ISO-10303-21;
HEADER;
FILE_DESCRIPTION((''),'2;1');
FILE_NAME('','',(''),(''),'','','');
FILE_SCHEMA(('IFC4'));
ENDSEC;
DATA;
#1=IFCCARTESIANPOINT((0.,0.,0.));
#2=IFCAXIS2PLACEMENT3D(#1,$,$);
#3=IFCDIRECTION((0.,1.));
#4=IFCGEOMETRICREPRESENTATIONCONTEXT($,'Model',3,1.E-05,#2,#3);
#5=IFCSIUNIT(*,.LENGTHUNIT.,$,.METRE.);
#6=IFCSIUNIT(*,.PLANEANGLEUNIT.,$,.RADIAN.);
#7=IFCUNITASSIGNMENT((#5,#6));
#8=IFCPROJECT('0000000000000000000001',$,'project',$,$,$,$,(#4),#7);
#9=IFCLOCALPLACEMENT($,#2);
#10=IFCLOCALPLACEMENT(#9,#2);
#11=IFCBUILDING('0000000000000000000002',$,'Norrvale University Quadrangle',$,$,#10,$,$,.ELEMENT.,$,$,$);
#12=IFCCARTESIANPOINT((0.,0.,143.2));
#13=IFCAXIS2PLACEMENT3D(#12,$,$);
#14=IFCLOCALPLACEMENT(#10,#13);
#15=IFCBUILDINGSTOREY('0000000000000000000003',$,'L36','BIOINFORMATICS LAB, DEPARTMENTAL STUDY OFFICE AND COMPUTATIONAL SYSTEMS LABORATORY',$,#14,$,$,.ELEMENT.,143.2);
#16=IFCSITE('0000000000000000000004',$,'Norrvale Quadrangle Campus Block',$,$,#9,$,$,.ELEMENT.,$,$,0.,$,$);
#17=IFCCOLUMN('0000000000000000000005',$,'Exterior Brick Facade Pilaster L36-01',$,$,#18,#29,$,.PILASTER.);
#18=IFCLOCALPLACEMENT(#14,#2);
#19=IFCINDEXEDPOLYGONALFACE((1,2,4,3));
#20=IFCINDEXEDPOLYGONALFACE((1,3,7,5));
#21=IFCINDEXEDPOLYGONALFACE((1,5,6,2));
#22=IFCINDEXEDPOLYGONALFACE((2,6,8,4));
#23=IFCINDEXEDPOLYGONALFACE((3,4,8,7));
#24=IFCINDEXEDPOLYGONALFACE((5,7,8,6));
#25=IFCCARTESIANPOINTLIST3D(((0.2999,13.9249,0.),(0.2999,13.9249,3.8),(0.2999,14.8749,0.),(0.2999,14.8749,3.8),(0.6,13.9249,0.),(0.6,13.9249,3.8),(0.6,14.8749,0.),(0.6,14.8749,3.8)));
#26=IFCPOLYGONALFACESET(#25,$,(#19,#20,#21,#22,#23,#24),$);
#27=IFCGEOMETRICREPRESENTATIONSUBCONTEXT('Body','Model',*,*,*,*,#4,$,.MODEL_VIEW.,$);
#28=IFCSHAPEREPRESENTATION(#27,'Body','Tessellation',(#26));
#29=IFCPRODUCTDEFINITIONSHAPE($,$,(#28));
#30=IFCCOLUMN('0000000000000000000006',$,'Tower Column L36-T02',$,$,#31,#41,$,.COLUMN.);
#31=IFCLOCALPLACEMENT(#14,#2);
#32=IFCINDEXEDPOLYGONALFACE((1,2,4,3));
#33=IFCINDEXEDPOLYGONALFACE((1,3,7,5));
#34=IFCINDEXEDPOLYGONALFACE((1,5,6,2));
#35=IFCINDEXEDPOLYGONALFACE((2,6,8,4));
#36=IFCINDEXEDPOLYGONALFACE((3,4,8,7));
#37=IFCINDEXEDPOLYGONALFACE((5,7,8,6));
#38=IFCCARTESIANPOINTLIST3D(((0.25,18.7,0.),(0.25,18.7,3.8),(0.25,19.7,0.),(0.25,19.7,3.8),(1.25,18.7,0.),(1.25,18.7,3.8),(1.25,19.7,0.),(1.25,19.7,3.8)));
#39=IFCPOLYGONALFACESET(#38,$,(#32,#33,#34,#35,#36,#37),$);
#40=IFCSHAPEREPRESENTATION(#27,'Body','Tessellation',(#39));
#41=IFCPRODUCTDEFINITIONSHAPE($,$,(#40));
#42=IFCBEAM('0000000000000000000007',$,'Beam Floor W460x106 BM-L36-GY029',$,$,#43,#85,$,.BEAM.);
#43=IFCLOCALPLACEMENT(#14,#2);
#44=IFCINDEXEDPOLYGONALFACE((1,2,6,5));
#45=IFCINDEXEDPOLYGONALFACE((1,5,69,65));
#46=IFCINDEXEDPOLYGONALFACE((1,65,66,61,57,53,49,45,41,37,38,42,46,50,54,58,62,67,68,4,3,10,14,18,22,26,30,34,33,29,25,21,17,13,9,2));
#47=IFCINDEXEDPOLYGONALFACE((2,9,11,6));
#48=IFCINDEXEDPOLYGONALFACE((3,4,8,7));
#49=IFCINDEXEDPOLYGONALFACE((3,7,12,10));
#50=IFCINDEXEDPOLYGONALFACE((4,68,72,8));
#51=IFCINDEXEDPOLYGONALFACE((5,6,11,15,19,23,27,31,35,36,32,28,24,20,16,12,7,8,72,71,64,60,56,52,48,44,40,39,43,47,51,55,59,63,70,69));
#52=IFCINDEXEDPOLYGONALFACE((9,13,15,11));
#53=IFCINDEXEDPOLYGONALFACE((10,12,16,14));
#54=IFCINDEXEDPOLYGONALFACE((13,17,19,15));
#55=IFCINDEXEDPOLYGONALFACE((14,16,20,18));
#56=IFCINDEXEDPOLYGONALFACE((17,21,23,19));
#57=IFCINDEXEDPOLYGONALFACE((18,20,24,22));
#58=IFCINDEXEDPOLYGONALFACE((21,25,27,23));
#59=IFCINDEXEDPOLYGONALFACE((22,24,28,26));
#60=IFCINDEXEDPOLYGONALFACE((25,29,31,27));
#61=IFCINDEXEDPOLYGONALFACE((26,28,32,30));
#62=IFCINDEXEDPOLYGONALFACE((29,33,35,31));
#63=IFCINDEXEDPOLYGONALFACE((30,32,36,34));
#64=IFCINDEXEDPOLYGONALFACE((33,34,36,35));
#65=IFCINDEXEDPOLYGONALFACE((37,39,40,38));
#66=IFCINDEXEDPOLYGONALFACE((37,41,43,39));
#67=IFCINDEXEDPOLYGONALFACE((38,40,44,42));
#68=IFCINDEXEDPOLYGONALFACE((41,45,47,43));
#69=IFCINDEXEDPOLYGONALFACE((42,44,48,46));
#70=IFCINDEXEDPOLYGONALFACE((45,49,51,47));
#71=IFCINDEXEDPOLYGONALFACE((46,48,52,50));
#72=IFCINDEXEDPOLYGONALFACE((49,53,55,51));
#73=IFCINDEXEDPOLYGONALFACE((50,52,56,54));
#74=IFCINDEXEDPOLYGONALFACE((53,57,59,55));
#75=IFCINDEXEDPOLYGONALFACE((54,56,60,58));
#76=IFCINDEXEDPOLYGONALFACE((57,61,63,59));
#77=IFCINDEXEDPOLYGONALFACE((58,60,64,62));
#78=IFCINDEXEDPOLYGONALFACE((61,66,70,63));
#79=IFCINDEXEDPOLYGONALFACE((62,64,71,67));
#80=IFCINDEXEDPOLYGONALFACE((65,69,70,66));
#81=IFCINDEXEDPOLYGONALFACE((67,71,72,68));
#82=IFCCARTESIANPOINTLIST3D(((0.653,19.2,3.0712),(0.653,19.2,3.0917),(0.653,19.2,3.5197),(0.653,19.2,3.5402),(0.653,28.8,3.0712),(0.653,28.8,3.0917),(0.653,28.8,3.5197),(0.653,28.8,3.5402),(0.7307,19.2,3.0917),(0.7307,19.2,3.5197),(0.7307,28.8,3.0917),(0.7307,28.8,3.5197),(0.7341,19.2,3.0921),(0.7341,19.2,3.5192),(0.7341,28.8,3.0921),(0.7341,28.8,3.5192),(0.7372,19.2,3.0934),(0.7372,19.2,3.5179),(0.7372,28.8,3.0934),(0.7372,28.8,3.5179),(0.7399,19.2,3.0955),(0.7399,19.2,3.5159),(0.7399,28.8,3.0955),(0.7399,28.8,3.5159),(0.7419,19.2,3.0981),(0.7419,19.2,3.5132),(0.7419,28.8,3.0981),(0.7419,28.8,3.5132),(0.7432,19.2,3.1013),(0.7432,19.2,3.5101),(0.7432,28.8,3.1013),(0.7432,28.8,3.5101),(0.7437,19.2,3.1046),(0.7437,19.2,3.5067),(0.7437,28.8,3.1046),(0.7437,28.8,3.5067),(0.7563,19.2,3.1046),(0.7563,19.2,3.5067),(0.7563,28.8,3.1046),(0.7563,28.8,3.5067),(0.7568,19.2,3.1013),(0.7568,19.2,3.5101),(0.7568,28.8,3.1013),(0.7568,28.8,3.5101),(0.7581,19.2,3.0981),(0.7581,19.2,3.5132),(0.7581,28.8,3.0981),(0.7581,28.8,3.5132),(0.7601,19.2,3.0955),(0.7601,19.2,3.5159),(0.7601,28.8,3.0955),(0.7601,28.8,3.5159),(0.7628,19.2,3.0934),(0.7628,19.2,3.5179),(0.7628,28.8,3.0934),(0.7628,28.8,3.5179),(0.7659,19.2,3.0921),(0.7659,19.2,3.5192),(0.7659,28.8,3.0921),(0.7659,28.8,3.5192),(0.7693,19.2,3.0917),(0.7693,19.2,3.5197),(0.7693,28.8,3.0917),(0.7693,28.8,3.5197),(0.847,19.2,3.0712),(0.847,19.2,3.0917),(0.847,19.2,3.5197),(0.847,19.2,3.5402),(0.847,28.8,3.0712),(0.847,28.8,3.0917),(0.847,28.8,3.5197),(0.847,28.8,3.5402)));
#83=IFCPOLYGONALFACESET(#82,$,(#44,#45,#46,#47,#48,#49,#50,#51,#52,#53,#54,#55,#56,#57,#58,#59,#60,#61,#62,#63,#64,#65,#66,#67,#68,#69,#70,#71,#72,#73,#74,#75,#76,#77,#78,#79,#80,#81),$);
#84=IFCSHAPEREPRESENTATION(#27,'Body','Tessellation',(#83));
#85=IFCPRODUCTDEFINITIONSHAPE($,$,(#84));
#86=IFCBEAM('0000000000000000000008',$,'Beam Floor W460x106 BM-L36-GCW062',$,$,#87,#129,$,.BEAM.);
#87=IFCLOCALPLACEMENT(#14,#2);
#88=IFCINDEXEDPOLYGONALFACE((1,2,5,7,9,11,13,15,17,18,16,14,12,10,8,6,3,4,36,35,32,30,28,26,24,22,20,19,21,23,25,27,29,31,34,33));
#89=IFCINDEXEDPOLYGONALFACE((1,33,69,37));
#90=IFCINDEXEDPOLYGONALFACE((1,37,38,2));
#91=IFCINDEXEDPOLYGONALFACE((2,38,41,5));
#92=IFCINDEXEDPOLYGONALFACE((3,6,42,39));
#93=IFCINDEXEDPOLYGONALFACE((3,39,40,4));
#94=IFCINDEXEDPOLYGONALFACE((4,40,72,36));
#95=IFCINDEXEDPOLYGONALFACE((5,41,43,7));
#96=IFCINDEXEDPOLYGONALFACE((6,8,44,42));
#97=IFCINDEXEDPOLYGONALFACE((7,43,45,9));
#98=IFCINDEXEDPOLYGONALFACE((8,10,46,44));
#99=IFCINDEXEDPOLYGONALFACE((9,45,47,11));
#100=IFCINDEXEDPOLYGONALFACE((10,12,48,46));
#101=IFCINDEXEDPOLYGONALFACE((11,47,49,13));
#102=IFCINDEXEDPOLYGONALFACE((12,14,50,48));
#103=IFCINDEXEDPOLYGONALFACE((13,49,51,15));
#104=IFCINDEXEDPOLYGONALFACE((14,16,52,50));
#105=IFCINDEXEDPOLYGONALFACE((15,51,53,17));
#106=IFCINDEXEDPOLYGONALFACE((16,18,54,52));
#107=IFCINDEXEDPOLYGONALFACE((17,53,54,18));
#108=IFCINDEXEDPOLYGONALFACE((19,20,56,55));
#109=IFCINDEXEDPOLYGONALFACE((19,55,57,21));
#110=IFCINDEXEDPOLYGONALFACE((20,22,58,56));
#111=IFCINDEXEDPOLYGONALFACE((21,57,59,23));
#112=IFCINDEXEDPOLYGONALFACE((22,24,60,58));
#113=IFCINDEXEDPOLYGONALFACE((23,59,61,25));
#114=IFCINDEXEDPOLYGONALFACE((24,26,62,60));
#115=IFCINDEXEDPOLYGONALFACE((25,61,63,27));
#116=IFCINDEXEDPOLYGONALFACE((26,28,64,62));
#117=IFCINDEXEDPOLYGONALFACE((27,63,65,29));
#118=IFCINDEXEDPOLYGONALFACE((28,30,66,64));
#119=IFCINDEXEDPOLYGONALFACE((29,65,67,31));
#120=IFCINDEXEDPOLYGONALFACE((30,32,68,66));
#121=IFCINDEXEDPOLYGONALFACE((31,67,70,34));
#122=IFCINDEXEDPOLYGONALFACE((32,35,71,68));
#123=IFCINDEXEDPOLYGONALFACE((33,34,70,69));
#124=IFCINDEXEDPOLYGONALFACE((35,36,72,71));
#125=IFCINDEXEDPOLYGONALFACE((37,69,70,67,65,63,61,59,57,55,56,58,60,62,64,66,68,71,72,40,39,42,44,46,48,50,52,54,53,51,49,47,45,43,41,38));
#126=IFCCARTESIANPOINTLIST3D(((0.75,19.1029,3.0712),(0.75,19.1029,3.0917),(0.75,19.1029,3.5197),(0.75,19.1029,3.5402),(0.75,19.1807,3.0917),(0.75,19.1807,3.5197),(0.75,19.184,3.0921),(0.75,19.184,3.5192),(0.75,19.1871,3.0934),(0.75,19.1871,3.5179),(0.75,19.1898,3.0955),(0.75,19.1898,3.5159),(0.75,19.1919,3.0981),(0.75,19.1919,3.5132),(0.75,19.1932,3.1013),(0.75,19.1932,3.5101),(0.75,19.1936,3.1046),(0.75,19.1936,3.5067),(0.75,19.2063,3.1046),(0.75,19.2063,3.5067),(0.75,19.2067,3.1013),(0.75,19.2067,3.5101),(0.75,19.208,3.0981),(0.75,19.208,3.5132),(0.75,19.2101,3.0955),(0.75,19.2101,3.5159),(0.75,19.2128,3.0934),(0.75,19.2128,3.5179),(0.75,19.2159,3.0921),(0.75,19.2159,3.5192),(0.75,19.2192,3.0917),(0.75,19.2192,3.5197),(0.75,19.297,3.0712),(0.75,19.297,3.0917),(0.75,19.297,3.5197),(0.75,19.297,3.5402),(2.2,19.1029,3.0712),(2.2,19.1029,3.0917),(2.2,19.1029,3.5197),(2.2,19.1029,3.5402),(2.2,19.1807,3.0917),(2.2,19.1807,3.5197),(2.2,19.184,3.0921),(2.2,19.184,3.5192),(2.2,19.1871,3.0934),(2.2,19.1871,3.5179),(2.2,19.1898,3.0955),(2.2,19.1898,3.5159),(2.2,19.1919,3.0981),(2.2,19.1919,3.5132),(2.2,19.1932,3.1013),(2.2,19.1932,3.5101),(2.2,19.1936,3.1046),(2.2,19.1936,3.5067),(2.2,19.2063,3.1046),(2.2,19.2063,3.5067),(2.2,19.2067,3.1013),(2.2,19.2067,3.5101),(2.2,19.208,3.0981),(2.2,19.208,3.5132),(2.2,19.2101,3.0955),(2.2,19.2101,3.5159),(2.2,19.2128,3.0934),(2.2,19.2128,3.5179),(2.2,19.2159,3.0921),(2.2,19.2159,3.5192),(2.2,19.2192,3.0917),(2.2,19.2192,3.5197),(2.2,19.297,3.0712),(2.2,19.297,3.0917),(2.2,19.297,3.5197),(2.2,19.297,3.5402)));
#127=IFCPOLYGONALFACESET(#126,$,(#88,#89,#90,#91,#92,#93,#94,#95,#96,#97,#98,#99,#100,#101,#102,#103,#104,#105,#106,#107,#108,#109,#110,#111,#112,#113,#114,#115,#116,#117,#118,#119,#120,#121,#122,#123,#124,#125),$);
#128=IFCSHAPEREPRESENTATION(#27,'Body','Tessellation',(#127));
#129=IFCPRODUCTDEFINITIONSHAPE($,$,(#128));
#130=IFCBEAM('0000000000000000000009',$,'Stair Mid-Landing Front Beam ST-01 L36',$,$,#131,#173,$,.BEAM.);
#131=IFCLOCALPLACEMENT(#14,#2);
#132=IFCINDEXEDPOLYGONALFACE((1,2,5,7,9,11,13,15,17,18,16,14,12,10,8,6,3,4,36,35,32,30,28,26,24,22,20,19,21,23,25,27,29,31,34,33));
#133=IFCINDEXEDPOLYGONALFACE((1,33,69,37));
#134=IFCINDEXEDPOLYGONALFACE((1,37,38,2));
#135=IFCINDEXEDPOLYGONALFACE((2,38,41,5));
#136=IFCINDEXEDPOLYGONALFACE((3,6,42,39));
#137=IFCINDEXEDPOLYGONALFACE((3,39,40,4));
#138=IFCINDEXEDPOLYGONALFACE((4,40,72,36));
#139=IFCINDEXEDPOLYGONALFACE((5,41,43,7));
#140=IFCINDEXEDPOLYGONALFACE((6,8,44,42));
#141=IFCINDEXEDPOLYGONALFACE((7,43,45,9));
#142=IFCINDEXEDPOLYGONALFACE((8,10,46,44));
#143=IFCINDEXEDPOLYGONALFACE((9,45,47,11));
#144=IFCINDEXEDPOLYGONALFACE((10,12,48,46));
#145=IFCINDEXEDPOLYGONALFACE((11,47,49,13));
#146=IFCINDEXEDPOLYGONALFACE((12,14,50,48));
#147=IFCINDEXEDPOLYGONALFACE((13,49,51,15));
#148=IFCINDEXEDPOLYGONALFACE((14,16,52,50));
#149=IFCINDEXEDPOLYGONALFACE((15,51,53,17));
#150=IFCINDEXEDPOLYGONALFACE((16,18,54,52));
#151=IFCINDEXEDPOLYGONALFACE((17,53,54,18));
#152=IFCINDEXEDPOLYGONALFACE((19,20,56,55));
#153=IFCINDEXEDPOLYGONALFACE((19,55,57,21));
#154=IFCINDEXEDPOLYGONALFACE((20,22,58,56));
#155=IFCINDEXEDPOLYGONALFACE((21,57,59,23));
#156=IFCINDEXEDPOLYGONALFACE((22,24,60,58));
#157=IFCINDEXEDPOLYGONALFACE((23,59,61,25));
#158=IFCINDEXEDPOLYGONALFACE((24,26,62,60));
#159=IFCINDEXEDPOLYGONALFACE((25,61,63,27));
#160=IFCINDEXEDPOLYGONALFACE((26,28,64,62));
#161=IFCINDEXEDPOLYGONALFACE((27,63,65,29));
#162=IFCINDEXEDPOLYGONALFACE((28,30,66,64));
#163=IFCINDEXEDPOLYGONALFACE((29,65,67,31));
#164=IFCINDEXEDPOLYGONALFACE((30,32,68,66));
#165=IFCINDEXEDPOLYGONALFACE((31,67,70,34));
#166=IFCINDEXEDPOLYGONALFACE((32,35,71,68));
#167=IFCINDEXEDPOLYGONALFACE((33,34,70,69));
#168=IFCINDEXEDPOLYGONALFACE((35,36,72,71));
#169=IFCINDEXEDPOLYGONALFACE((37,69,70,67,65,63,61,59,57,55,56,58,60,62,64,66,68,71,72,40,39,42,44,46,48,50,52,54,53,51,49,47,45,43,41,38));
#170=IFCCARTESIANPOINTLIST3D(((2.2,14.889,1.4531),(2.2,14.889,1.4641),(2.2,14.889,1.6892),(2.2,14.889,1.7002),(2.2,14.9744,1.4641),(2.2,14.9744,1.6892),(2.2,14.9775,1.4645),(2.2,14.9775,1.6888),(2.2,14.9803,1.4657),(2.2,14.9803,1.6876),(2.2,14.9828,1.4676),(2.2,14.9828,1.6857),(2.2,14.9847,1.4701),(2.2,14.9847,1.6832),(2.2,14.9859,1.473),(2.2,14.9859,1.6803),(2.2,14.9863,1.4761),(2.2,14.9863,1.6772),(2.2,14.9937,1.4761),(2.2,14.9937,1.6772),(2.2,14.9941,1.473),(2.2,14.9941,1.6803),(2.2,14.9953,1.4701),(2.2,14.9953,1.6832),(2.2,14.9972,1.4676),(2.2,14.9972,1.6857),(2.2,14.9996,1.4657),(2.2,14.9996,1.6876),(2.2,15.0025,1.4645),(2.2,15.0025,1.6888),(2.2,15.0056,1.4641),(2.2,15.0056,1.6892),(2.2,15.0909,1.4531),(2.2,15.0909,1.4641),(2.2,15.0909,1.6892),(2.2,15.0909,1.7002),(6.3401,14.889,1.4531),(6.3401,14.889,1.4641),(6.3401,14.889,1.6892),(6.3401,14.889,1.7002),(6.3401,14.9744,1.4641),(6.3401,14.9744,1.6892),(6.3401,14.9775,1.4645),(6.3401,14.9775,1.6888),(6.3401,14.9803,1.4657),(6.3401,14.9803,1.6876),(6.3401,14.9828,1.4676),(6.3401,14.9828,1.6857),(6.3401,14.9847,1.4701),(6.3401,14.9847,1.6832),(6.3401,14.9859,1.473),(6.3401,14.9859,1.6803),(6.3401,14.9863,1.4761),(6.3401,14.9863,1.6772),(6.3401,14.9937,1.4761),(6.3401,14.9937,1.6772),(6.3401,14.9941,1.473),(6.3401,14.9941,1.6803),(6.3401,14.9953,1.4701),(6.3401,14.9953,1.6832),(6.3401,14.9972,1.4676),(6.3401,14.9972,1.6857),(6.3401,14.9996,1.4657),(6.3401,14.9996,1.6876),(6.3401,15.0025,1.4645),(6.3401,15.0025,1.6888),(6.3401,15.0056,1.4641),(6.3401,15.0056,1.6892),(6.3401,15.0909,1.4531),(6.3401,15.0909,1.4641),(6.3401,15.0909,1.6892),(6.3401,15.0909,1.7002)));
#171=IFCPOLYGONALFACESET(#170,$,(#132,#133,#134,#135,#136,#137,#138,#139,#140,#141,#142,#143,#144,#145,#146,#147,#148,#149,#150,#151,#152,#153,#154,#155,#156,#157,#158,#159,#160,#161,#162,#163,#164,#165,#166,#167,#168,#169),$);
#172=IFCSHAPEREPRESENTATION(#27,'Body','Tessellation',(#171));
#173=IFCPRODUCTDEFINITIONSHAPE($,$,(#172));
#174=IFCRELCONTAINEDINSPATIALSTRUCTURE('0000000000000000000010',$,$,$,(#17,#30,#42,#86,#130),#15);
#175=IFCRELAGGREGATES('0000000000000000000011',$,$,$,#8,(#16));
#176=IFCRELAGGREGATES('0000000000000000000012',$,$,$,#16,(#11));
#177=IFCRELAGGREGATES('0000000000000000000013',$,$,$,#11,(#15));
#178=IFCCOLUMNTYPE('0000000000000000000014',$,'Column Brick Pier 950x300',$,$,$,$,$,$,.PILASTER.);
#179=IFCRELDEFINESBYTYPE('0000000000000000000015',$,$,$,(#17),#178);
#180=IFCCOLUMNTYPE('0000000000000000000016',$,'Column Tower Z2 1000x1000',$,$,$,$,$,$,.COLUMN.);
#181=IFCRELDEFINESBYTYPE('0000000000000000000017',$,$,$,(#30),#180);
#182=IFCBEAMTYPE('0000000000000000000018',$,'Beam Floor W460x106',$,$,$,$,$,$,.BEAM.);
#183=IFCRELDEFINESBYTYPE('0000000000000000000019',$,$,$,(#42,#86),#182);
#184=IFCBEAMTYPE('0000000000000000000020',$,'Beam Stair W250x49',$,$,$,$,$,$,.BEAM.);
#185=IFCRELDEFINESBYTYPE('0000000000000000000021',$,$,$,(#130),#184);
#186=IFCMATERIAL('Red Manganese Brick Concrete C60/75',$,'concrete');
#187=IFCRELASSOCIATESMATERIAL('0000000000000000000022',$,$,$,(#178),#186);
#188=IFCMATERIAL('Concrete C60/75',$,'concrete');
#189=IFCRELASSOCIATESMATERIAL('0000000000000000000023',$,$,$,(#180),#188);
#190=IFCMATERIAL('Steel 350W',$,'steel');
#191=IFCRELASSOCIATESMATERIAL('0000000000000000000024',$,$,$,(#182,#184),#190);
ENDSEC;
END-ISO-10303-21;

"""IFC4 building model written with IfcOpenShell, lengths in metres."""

from ifc_helpers import new_model, si_unit, direction, frame, origin, origin_2d, place, context, subcontext, project, spatial, rectangle, i_section, extrude, material, material_profile, profile_set, type_object, element, save


model = new_model("IFC4")

# Units and contexts
model_context = context("Model", 3, precision=1e-05, world=origin(), true_north=direction((0.0, 1.0)))
body_context = subcontext(model_context, "Body", "Model", "MODEL_VIEW")
ifc_project = project(units=[si_unit("LENGTHUNIT", "METRE"), si_unit("PLANEANGLEUNIT", "RADIAN")], contexts=[model_context])

# Site, building, storey
site_placement = place(None, origin())
site = spatial("IfcSite", under=ifc_project, at=site_placement, Name="Norrvale Quadrangle Campus Block", CompositionType="ELEMENT", RefElevation=0.0)
building_placement = place(site_placement, origin())
building = spatial("IfcBuilding", under=site, at=building_placement, Name="Norrvale University Quadrangle", CompositionType="ELEMENT")
storey_placement = place(building_placement, frame((0.0, 0.0, 143.2)))
storey = spatial("IfcBuildingStorey", under=building, at=storey_placement, Name="L36", Description="BIOINFORMATICS LAB, DEPARTMENTAL STUDY OFFICE AND COMPUTATIONAL SYSTEMS LABORATORY", CompositionType="ELEMENT", Elevation=143.2)

# Columns
ifc_material_1 = material(Name="Red Manganese Brick Concrete C60/75", Category="concrete")
ifc_material_profile_1 = material_profile(ifc_material_1, rectangle(XDim=0.95, YDim=0.3, at=origin_2d()), Name="Red Manganese Brick Concrete C60/75")
ifc_profile_set_1 = profile_set([ifc_material_profile_1], Name="Red Manganese Brick Concrete C60/75")
column_type_1 = type_object("IfcColumnType", Name="Column Brick Pier 950x300", PredefinedType="PILASTER", material=ifc_profile_set_1)
column_1_placement = place(storey_placement, frame((0.45, 14.3999, 0.0), z_axis=(0.0, 0.0, 1.0), x_axis=(0.0, 1.0, 0.0)))
element("IfcColumn", 1, at=column_1_placement, inside=storey, type_object=column_type_1, Name="Exterior Brick Facade Pilaster L36-01", PredefinedType="PILASTER", context=body_context, shape_type="SweptSolid", body=[
    extrude(rectangle(XDim=0.95, YDim=0.3, at=origin_2d()), origin(), (0.0, 0.0, 1.0), 3.8),
])
ifc_material_2 = material(Name="Concrete C60/75", Category="concrete")
ifc_material_profile_2 = material_profile(ifc_material_2, rectangle(XDim=1.0, YDim=1.0, at=origin_2d()), Name="Concrete C60/75")
ifc_profile_set_2 = profile_set([ifc_material_profile_2], Name="Concrete C60/75")
column_type_2 = type_object("IfcColumnType", Name="Column Tower Z2 1000x1000", PredefinedType="COLUMN", material=ifc_profile_set_2)
column_2_placement = place(storey_placement, frame((0.75, 19.2, 0.0), z_axis=(0.0, 0.0, 1.0), x_axis=(1.0, 0.0, 0.0)))
element("IfcColumn", 2, at=column_2_placement, inside=storey, type_object=column_type_2, Name="Tower Column L36-T02", PredefinedType="COLUMN", context=body_context, shape_type="SweptSolid", body=[
    extrude(rectangle(XDim=1.0, YDim=1.0, at=origin_2d()), origin(), (0.0, 0.0, 1.0), 3.8),
])

# Beams
ifc_material_3 = material(Name="Steel 350W", Category="steel")
ifc_material_profile_3 = material_profile(ifc_material_3, i_section(OverallWidth=0.1941, OverallDepth=0.469, WebThickness=0.0127, FlangeThickness=0.0205, FilletRadius=0.0129, at=origin_2d()), Name="Steel 350W")
ifc_profile_set_3 = profile_set([ifc_material_profile_3], Name="Steel 350W")
beam_type_1 = type_object("IfcBeamType", Name="Beam Floor W460x106", PredefinedType="BEAM", material=ifc_profile_set_3)
beam_1_placement = place(storey_placement, frame((0.75, 19.2, 3.3057), z_axis=(0.0, 1.0, 0.0), x_axis=(-1.0, 0.0, 0.0)))
element("IfcBeam", 3, at=beam_1_placement, inside=storey, type_object=beam_type_1, Name="Beam Floor W460x106 BM-L36-GY029", PredefinedType="BEAM", context=body_context, shape_type="SweptSolid", body=[
    extrude(i_section(OverallWidth=0.1941, OverallDepth=0.469, WebThickness=0.0127, FlangeThickness=0.0205, FilletRadius=0.0129, at=origin_2d()), origin(), (0.0, 0.0, 1.0), 9.6001),
])
beam_2_placement = place(storey_placement, frame((0.75, 19.2, 3.3057), z_axis=(1.0, 0.0, 0.0), x_axis=(0.0, 1.0, 0.0)))
element("IfcBeam", 4, at=beam_2_placement, inside=storey, type_object=beam_type_1, Name="Beam Floor W460x106 BM-L36-GCW062", PredefinedType="BEAM", context=body_context, shape_type="SweptSolid", body=[
    extrude(i_section(OverallWidth=0.1941, OverallDepth=0.469, WebThickness=0.0127, FlangeThickness=0.0205, FilletRadius=0.0129, at=origin_2d()), origin(), (0.0, 0.0, 1.0), 1.45),
])
ifc_material_profile_4 = material_profile(ifc_material_3, i_section(OverallWidth=0.2019, OverallDepth=0.2471, WebThickness=0.0073, FlangeThickness=0.011, FilletRadius=0.012, at=origin_2d()), Name="Steel 350W")
ifc_profile_set_4 = profile_set([ifc_material_profile_4], Name="Steel 350W")
beam_type_2 = type_object("IfcBeamType", Name="Beam Stair W250x49", PredefinedType="BEAM", material=ifc_profile_set_4)
for number, where, z_axis, x_axis, name in (
    (5, (2.2, 14.99, 1.5767), (1.0, 0.0, 0.0), (0.0, 1.0, 0.0), "Stair Mid-Landing Front Beam ST-01 L36"),
):
    element("IfcBeam", number, at=place(storey_placement, frame(where, z_axis=z_axis, x_axis=x_axis)), inside=storey, type_object=beam_type_2, Name=name, PredefinedType="BEAM", context=body_context, shape_type="SweptSolid", body=[
        extrude(i_section(OverallWidth=0.2019, OverallDepth=0.2471, WebThickness=0.0073, FlangeThickness=0.011, FilletRadius=0.012, at=origin_2d()), origin(), (0.0, 0.0, 1.0), 4.1401),
    ])

save(model, "model.ifc")
